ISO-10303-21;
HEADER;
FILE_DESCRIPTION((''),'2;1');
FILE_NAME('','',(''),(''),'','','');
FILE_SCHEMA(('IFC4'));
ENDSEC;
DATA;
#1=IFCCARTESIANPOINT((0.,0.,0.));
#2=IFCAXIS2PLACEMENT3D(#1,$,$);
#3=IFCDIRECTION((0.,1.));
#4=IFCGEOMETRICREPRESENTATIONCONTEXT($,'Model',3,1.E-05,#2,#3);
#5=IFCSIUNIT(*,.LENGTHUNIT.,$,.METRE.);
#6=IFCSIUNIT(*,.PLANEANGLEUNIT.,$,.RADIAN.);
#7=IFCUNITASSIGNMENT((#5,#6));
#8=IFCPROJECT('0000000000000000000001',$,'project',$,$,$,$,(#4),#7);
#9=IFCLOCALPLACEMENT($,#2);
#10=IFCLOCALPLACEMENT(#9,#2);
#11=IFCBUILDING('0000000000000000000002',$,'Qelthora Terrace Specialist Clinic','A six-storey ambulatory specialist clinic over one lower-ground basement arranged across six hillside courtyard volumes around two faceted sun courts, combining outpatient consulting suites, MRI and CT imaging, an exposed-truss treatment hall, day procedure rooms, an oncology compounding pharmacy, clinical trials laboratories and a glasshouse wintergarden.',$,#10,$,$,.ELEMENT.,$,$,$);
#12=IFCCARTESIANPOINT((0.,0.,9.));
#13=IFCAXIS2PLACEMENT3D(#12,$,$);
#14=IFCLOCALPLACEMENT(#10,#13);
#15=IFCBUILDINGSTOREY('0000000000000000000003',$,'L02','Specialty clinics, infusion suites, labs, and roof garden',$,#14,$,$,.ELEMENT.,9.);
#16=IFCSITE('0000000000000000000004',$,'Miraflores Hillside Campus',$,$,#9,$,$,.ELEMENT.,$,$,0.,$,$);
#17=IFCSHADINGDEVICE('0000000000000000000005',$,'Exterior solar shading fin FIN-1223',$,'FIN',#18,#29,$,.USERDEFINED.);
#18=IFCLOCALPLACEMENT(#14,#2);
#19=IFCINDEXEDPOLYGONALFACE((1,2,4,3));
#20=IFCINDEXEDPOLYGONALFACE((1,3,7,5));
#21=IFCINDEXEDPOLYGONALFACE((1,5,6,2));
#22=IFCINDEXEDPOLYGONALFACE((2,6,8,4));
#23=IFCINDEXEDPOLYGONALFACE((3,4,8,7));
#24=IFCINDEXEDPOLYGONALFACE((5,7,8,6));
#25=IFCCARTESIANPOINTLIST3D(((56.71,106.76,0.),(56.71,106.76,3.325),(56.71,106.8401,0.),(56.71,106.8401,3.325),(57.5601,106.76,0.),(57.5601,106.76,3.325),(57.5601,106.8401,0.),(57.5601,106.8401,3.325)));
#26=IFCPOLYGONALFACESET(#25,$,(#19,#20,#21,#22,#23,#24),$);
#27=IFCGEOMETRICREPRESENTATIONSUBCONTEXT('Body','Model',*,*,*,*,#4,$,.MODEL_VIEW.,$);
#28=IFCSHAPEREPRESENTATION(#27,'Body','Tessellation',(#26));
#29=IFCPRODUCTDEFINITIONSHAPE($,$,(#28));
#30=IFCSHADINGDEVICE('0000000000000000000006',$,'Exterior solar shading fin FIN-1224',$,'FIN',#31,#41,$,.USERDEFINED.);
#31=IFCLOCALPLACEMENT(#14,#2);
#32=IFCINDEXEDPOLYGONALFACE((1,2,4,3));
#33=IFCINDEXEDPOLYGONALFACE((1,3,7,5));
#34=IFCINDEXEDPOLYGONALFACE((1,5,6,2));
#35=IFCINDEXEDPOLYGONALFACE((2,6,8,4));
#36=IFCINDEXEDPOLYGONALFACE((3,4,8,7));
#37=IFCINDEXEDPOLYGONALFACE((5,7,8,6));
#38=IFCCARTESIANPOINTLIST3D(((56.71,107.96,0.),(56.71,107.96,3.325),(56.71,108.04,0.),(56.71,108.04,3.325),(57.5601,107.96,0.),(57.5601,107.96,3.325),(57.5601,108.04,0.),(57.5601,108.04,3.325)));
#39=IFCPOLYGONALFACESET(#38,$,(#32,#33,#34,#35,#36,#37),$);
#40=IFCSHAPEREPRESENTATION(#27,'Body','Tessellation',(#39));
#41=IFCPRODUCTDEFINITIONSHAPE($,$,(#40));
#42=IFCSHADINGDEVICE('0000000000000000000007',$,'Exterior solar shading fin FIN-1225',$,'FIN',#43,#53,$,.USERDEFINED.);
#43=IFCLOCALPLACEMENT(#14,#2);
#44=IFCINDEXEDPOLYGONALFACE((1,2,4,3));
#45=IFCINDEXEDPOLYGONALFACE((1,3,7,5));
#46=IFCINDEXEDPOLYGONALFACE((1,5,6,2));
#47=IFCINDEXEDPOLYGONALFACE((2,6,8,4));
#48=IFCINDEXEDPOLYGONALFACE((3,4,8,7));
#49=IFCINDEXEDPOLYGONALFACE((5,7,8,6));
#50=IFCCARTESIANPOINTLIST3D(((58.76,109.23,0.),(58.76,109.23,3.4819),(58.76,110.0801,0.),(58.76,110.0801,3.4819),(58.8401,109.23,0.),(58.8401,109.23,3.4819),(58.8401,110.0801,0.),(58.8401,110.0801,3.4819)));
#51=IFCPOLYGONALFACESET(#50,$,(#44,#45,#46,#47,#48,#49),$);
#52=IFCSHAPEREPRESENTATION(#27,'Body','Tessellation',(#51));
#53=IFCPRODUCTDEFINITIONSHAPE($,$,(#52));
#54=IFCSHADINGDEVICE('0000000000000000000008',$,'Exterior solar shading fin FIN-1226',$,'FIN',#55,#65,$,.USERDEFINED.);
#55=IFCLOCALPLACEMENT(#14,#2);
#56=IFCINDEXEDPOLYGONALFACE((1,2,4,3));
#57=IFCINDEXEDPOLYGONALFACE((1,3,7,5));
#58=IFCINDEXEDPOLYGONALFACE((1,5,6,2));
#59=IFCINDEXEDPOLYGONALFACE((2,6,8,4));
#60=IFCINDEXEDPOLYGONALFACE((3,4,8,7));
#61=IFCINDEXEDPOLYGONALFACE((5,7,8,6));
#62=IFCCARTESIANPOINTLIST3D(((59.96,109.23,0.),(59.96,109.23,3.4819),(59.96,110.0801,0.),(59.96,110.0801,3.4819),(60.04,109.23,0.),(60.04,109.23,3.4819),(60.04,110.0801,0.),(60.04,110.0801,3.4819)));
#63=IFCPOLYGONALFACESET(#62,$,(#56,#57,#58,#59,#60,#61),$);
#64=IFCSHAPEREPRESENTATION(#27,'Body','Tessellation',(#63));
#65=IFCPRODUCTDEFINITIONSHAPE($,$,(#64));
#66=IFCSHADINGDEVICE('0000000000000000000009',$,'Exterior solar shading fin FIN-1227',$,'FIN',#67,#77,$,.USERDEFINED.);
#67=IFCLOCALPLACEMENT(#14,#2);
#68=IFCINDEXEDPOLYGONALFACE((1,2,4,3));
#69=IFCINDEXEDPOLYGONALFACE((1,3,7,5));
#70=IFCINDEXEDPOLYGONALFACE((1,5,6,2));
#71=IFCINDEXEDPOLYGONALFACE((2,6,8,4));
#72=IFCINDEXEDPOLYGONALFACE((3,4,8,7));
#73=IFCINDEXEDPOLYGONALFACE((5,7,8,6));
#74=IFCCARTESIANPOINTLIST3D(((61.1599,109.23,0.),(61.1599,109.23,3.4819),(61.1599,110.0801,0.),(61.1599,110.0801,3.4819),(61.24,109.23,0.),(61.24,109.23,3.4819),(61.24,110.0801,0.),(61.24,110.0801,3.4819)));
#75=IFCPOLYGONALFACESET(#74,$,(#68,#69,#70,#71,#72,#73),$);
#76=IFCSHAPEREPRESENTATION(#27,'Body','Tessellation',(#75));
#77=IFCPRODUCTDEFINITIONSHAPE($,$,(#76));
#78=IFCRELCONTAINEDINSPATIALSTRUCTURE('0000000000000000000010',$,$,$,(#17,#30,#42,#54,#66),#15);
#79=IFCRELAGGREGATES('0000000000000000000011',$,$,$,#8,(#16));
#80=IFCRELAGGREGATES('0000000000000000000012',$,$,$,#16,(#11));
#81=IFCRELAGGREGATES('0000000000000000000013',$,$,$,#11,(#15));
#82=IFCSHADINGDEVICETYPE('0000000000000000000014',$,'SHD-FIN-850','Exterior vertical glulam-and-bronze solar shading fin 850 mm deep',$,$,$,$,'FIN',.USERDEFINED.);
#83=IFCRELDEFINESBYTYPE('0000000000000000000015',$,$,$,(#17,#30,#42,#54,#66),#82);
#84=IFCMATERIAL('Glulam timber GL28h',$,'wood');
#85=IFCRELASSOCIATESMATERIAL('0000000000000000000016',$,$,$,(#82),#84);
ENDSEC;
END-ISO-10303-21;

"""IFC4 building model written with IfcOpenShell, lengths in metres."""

from ifc_helpers import new_model, si_unit, direction, frame, origin, origin_2d, place, context, subcontext, project, spatial, rectangle, extrude, material, type_object, element, save


model = new_model("IFC4")

# Units and contexts
model_context = context("Model", 3, precision=1e-05, world=origin(), true_north=direction((0.0, 1.0)))
body_context = subcontext(model_context, "Body", "Model", "MODEL_VIEW")
ifc_project = project(units=[si_unit("LENGTHUNIT", "METRE"), si_unit("PLANEANGLEUNIT", "RADIAN")], contexts=[model_context])

# Site, building, storey
site_placement = place(None, origin())
site = spatial("IfcSite", under=ifc_project, at=site_placement, Name="Miraflores Hillside Campus", CompositionType="ELEMENT", RefElevation=0.0)
building_placement = place(site_placement, origin())
building = spatial("IfcBuilding", under=site, at=building_placement, Name="Qelthora Terrace Specialist Clinic", Description="A six-storey ambulatory specialist clinic over one lower-ground basement arranged across six hillside courtyard volumes around two faceted sun courts, combining outpatient consulting suites, MRI and CT imaging, an exposed-truss treatment hall, day procedure rooms, an oncology compounding pharmacy, clinical trials laboratories and a glasshouse wintergarden.", CompositionType="ELEMENT")
storey_placement = place(building_placement, frame((0.0, 0.0, 9.0)))
storey = spatial("IfcBuildingStorey", under=building, at=storey_placement, Name="L02", Description="Specialty clinics, infusion suites, labs, and roof garden", CompositionType="ELEMENT", Elevation=9.0)

# Shading devices
ifc_material_1 = material(Name="Glulam timber GL28h", Category="wood")
shading_device_type = type_object("IfcShadingDeviceType", Name="SHD-FIN-850", Description="Exterior vertical glulam-and-bronze solar shading fin 850 mm deep", ElementType="FIN", PredefinedType="USERDEFINED", material=ifc_material_1)
for number, where, z_axis, x_axis, name in (
    (1, (57.135, 106.8, 0.0), (0.0, 0.0, 1.0), (-1.0, 0.0, 0.0), "Exterior solar shading fin FIN-1223"),
    (2, (57.135, 108.0, 0.0), (0.0, 0.0, 1.0), (-1.0, 0.0, 0.0), "Exterior solar shading fin FIN-1224"),
):
    element("IfcShadingDevice", number, at=place(storey_placement, frame(where, z_axis=z_axis, x_axis=x_axis)), inside=storey, type_object=shading_device_type, Name=name, ObjectType="FIN", PredefinedType="USERDEFINED", context=body_context, shape_type="SweptSolid", body=[
        extrude(rectangle(XDim=0.8501, YDim=0.0801, at=origin_2d()), origin(), (0.0, 0.0, 1.0), 3.325),
    ])
for number, where, z_axis, x_axis, name in (
    (3, (58.8, 109.655, 0.0), (0.0, 0.0, 1.0), (0.0, 1.0, 0.0), "Exterior solar shading fin FIN-1225"),
    (4, (60.0, 109.655, 0.0), (0.0, 0.0, 1.0), (0.0, 1.0, 0.0), "Exterior solar shading fin FIN-1226"),
    (5, (61.2, 109.655, 0.0), (0.0, 0.0, 1.0), (0.0, 1.0, 0.0), "Exterior solar shading fin FIN-1227"),
):
    element("IfcShadingDevice", number, at=place(storey_placement, frame(where, z_axis=z_axis, x_axis=x_axis)), inside=storey, type_object=shading_device_type, Name=name, ObjectType="FIN", PredefinedType="USERDEFINED", context=body_context, shape_type="SweptSolid", body=[
        extrude(rectangle(XDim=0.8501, YDim=0.0801, at=origin_2d()), origin(), (0.0, 0.0, 1.0), 3.4819),
    ])

save(model, "model.ifc")
